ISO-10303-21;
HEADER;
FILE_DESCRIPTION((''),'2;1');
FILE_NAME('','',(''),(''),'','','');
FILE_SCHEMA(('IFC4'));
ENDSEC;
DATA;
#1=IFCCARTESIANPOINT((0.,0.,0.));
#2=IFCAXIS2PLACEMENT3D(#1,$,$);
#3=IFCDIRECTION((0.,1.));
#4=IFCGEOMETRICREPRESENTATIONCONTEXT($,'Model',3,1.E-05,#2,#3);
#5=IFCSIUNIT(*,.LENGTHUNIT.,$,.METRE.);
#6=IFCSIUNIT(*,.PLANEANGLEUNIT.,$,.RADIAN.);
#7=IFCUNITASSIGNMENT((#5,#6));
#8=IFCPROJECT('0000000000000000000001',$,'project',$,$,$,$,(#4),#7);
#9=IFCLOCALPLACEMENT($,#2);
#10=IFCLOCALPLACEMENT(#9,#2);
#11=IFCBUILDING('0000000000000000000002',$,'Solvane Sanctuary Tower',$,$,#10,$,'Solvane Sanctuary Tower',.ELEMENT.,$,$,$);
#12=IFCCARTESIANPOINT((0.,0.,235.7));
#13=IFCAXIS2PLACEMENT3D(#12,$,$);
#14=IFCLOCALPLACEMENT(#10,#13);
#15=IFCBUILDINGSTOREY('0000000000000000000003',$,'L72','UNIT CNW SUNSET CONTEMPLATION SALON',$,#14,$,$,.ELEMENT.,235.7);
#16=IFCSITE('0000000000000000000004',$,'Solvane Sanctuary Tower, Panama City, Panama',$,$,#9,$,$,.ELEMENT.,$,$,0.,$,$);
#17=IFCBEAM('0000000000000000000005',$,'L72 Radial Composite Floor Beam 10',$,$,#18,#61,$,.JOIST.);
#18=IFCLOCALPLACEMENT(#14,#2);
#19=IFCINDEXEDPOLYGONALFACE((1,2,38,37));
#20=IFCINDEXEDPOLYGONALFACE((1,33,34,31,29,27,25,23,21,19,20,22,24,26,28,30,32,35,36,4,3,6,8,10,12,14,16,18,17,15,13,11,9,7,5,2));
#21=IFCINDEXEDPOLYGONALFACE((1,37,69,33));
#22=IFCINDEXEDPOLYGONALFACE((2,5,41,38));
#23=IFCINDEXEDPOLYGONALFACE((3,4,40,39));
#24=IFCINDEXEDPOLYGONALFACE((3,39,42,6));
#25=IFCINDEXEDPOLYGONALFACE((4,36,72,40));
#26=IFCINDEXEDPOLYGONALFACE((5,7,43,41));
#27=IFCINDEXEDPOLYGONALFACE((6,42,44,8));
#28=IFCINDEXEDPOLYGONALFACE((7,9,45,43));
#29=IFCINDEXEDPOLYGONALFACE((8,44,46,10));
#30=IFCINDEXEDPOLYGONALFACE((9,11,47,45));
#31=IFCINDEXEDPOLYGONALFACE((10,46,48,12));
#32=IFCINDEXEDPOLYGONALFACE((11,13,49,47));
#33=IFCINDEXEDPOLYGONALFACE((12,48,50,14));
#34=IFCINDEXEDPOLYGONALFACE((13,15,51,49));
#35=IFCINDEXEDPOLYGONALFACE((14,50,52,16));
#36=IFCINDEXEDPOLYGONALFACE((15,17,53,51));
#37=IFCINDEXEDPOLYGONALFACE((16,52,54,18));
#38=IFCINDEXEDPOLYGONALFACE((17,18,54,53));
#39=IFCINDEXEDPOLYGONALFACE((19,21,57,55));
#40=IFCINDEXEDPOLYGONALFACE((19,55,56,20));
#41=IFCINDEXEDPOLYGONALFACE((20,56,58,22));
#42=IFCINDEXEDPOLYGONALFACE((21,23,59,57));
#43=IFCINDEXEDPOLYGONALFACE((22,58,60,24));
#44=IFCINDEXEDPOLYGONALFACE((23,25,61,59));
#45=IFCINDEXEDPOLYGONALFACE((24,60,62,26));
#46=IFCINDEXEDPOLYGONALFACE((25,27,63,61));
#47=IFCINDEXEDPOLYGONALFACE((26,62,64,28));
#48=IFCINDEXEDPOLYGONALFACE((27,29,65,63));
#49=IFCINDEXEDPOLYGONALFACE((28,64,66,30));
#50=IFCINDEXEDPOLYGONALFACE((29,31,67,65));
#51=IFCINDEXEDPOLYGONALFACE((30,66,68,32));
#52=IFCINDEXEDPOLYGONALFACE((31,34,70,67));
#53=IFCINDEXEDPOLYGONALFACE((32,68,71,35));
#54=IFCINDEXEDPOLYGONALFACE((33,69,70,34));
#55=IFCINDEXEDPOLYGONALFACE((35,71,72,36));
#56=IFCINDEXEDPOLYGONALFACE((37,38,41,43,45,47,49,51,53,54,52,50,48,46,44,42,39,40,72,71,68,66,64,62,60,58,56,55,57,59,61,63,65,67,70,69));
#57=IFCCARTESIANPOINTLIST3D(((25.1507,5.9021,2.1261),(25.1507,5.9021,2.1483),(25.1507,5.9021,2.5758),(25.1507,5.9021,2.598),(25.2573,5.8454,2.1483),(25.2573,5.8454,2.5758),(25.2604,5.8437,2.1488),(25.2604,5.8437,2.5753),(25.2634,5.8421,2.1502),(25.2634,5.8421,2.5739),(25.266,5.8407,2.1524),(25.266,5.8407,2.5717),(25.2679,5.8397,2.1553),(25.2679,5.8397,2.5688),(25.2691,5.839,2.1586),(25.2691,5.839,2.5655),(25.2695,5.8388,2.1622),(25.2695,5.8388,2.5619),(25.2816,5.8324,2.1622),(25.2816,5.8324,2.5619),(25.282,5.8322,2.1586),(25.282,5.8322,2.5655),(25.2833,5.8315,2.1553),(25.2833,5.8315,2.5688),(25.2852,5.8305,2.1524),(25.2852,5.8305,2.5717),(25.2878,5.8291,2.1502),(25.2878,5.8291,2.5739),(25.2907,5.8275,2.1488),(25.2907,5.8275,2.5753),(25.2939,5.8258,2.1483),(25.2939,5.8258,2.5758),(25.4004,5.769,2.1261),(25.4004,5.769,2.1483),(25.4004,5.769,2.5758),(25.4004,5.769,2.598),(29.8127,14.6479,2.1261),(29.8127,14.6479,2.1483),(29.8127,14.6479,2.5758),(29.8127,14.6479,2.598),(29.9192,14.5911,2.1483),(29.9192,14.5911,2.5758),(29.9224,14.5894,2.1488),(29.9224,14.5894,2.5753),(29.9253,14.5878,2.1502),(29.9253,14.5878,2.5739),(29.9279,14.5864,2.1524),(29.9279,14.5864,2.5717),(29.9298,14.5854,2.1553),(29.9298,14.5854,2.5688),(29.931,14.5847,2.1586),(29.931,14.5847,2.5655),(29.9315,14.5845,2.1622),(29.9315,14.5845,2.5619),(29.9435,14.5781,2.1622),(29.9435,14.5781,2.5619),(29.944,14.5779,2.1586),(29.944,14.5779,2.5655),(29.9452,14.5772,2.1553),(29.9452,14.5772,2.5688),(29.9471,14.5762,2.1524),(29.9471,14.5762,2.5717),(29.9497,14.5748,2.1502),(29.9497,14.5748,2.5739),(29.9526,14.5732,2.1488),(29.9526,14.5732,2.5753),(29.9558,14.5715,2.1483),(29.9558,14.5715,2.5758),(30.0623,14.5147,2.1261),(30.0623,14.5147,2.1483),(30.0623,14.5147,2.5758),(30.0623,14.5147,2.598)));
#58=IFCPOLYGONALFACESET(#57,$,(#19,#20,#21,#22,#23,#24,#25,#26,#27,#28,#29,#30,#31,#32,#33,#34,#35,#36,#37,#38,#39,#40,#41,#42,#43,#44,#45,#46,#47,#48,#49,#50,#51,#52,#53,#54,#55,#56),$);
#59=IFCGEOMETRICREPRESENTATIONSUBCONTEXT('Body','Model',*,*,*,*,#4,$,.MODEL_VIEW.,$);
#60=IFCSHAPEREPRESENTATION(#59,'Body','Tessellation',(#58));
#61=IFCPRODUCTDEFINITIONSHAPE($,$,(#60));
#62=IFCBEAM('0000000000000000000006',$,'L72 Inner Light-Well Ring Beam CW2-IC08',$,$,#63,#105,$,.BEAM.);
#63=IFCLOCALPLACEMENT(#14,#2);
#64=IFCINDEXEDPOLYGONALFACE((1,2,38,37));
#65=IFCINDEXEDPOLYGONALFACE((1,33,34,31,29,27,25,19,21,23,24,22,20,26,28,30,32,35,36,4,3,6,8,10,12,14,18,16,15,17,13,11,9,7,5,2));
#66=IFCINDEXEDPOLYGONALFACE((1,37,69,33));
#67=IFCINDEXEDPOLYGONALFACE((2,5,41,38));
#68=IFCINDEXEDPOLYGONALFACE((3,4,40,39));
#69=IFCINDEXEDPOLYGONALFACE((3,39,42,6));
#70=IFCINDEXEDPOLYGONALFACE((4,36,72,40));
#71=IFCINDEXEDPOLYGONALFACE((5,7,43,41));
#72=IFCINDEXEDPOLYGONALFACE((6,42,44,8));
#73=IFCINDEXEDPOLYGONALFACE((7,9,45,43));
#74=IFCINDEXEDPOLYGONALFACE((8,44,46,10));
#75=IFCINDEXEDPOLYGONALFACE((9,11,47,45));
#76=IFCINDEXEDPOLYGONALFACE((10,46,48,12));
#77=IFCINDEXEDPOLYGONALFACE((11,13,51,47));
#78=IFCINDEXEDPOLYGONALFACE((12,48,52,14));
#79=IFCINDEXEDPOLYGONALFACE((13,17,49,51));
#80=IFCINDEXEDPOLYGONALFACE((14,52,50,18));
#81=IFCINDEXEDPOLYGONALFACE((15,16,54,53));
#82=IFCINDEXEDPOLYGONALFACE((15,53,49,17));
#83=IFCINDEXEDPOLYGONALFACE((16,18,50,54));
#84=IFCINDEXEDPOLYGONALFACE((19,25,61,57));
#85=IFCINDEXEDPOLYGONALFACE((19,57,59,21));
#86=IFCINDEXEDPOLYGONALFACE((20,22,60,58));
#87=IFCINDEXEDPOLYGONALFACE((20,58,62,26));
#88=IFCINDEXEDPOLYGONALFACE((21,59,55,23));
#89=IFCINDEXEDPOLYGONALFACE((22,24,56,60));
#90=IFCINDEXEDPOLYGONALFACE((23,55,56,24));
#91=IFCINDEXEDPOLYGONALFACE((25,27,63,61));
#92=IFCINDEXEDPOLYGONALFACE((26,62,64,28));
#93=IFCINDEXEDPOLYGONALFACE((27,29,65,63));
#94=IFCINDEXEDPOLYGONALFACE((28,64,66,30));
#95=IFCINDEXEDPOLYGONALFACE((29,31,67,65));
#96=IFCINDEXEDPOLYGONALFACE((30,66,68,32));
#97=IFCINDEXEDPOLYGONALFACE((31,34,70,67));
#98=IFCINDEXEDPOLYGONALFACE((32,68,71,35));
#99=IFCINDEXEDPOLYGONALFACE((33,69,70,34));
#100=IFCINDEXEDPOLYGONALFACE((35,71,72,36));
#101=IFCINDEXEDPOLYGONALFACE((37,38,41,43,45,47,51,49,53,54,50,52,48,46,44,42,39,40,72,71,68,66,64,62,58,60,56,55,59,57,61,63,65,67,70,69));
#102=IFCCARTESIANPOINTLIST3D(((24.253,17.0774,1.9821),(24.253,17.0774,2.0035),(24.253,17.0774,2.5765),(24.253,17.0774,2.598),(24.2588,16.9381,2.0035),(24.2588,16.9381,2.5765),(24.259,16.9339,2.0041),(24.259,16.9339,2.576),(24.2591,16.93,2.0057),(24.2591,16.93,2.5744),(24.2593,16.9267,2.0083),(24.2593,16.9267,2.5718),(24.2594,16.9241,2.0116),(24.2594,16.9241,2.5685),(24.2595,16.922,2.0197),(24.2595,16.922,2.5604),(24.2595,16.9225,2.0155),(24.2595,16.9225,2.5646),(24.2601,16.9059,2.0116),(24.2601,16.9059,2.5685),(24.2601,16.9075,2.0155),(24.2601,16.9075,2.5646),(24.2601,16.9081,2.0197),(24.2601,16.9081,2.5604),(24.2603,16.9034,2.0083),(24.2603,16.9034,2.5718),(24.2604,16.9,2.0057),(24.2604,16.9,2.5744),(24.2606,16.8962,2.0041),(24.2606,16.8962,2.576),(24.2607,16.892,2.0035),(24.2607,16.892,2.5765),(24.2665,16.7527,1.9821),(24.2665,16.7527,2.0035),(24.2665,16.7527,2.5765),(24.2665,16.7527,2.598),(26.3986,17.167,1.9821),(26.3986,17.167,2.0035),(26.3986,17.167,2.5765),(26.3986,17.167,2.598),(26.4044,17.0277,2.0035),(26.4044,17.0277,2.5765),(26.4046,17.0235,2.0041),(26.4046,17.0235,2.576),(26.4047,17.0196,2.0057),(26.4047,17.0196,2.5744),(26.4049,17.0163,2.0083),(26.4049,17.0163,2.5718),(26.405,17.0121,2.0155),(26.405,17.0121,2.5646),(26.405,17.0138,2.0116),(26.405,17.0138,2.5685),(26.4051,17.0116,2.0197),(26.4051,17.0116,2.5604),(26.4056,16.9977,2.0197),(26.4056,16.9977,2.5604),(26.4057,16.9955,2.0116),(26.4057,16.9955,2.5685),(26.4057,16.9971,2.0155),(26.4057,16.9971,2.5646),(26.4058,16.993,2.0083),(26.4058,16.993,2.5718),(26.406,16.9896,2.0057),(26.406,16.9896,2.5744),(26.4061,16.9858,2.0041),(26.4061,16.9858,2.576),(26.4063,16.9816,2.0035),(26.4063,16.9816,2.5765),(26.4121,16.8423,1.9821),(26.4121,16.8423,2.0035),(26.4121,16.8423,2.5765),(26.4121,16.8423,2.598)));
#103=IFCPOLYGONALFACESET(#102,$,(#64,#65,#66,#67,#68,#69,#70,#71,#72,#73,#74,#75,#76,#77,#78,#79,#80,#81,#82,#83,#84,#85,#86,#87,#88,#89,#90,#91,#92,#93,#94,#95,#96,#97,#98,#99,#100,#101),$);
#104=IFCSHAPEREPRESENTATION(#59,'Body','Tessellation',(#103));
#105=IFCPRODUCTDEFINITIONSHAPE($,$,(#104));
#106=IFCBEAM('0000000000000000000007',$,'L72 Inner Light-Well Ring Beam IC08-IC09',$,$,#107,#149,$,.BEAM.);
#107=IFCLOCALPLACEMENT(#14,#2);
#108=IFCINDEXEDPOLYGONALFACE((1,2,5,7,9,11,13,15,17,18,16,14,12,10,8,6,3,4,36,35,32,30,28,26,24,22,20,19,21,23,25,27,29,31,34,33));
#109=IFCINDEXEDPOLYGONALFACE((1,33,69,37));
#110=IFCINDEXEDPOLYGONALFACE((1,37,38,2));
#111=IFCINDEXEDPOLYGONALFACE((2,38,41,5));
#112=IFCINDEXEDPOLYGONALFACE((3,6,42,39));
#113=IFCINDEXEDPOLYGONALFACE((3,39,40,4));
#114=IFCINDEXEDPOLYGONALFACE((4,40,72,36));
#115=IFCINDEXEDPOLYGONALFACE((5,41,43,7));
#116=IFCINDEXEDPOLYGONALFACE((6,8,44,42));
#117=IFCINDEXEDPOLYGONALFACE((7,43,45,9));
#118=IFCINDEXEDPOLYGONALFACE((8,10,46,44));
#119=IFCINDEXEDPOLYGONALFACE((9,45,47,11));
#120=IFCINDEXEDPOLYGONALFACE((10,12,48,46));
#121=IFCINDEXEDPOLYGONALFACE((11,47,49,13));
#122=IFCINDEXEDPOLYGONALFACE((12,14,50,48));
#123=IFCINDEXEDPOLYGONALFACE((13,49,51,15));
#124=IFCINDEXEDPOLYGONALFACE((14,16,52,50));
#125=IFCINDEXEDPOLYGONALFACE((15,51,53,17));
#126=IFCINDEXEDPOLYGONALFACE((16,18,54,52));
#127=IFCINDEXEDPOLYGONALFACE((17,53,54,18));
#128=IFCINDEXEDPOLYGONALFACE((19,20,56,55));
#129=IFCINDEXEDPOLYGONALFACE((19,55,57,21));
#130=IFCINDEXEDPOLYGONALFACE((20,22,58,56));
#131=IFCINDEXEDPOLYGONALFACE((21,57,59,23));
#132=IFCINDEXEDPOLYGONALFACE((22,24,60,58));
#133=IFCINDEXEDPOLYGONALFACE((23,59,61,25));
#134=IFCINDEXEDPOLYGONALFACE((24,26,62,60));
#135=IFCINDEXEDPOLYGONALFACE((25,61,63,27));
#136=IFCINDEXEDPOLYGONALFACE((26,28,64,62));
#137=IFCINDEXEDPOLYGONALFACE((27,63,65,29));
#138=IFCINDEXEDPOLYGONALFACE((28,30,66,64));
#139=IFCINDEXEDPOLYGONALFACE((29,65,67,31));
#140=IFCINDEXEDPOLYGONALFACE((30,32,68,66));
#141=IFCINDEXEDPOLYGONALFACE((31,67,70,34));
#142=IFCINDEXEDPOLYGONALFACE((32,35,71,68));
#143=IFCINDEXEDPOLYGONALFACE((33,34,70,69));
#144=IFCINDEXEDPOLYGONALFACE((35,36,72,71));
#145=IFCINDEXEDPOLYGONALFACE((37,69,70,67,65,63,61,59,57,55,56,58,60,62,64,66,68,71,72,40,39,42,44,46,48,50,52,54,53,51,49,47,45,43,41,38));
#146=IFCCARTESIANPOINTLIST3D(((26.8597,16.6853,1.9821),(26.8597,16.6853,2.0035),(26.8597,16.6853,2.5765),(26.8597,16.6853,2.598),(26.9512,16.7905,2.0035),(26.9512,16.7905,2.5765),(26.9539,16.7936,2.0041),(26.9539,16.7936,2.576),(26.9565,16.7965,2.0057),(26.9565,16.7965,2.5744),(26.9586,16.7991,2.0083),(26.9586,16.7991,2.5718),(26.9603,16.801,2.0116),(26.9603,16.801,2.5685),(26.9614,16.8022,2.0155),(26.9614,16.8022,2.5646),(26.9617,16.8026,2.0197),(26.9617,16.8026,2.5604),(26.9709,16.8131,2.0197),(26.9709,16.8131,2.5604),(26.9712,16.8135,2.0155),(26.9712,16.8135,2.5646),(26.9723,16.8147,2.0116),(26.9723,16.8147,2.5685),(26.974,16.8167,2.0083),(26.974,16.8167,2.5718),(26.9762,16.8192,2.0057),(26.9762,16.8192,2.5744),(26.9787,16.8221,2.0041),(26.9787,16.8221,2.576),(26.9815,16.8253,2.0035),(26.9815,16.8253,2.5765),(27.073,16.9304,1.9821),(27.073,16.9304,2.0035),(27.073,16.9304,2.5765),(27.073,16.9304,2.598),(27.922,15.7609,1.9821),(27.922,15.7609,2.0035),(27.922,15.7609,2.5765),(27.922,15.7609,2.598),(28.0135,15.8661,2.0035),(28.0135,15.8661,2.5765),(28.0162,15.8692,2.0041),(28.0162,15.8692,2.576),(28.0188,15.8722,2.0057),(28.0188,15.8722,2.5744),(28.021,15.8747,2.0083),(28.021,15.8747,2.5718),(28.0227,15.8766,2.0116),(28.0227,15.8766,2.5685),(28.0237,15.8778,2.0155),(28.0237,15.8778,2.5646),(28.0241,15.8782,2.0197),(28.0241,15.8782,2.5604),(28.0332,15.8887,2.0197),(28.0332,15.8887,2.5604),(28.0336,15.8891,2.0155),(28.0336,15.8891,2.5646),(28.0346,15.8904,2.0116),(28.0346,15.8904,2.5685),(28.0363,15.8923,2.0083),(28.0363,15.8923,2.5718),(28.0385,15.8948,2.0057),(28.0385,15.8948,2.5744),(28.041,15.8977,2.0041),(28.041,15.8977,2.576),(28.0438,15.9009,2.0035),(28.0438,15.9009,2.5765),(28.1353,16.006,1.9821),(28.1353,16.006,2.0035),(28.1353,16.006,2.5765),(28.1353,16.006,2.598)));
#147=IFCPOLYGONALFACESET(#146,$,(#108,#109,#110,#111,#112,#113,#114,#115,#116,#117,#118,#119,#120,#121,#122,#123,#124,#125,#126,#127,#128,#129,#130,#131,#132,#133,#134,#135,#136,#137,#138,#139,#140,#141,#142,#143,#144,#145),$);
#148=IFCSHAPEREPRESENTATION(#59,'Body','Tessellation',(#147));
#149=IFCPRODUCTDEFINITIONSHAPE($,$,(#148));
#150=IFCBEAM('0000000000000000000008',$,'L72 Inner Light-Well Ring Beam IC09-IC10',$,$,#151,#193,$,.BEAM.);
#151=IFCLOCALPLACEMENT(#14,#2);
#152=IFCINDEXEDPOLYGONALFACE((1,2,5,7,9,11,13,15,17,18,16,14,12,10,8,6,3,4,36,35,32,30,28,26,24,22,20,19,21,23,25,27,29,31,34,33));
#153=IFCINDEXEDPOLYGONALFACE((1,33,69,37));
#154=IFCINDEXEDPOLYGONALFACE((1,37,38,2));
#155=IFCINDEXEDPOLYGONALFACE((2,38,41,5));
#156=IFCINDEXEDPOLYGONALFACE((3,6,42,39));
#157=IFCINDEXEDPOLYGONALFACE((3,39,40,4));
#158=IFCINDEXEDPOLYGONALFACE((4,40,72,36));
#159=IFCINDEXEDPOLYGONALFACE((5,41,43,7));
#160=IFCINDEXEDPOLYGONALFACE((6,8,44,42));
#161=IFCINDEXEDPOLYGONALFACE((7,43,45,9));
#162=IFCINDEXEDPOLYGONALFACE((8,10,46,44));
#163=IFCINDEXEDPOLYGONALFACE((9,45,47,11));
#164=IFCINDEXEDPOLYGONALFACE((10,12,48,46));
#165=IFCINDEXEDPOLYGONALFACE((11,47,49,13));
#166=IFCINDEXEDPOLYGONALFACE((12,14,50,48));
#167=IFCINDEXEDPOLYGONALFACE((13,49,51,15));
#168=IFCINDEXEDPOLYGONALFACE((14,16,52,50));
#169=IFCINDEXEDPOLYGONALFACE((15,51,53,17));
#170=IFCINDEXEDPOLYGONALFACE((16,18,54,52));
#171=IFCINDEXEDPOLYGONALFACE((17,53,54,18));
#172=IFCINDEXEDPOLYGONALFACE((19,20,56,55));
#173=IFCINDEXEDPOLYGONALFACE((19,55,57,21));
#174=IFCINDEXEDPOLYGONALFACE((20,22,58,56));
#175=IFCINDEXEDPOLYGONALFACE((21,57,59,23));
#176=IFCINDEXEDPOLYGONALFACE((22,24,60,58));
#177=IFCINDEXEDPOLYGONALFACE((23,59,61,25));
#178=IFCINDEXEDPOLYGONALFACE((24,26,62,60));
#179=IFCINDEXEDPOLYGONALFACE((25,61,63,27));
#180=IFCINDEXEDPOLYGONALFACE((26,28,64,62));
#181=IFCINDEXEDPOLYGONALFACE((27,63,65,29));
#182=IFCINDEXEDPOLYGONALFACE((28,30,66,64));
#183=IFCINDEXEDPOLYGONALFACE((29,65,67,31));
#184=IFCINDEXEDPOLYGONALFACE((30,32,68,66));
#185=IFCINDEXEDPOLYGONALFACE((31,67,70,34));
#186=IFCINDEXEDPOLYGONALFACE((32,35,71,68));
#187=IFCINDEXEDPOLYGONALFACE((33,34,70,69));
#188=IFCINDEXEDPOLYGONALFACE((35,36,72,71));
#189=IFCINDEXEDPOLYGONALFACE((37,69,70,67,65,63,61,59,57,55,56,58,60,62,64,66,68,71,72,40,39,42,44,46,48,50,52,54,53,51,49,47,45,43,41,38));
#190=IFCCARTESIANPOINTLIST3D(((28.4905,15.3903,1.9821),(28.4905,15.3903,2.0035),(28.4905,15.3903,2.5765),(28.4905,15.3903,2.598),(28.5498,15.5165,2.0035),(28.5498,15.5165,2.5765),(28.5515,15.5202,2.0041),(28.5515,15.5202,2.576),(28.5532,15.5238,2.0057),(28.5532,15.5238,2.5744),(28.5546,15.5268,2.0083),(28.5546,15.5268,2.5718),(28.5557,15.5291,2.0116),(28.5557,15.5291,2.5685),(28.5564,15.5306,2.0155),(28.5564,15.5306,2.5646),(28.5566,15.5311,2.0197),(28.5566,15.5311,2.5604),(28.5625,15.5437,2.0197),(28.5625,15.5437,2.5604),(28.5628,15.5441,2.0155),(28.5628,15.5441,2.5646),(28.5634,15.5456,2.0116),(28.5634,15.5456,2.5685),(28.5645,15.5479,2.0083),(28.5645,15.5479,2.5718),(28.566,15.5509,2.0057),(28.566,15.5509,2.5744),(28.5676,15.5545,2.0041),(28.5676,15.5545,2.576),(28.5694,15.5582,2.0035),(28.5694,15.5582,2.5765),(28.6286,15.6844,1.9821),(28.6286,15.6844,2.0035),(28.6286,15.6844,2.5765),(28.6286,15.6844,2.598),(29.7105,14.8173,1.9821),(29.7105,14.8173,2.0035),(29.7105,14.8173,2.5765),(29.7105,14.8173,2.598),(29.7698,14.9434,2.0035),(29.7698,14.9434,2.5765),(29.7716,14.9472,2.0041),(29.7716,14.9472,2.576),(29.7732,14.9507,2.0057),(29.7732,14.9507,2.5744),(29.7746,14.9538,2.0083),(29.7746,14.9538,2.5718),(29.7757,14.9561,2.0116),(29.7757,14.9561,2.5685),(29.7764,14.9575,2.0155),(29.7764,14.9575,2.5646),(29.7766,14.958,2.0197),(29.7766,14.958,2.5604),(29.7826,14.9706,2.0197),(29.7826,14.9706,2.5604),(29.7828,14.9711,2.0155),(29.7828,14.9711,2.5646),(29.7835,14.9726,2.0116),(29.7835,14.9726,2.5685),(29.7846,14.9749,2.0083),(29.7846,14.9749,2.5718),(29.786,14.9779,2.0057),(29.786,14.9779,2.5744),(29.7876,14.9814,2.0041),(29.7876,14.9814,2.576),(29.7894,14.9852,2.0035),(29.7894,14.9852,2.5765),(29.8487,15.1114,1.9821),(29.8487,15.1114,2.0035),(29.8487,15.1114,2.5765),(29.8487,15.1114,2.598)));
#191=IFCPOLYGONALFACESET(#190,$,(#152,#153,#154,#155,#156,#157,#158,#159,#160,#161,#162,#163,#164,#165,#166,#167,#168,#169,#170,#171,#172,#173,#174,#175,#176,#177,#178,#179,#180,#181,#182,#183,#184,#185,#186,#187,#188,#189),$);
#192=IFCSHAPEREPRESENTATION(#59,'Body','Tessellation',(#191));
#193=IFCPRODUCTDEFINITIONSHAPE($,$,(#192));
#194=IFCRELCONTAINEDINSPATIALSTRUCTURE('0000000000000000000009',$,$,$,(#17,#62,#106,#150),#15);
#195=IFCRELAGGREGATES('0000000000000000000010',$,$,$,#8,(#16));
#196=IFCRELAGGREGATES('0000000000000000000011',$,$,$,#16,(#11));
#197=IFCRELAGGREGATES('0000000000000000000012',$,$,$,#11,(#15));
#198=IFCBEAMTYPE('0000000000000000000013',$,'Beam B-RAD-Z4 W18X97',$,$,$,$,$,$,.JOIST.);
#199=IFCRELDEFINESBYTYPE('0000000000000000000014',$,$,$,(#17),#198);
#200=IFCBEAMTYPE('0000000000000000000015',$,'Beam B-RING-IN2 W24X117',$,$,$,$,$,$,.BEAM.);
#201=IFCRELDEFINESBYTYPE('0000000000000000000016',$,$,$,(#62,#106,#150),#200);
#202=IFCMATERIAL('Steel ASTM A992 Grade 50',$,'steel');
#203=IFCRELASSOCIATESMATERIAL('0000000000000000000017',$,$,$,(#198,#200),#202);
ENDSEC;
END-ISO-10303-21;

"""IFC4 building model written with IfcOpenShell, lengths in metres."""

from ifc_helpers import new_model, si_unit, direction, frame, origin, origin_2d, place, context, subcontext, project, spatial, i_section, extrude, material, material_profile, profile_set, type_object, element, save


model = new_model("IFC4")

# Units and contexts
model_context = context("Model", 3, precision=1e-05, world=origin(), true_north=direction((0.0, 1.0)))
body_context = subcontext(model_context, "Body", "Model", "MODEL_VIEW")
ifc_project = project(units=[si_unit("LENGTHUNIT", "METRE"), si_unit("PLANEANGLEUNIT", "RADIAN")], contexts=[model_context])

# Site, building, storey
site_placement = place(None, origin())
site = spatial("IfcSite", under=ifc_project, at=site_placement, Name="Solvane Sanctuary Tower, Panama City, Panama", CompositionType="ELEMENT", RefElevation=0.0)
building_placement = place(site_placement, origin())
building = spatial("IfcBuilding", under=site, at=building_placement, Name="Solvane Sanctuary Tower", LongName="Solvane Sanctuary Tower", CompositionType="ELEMENT")
storey_placement = place(building_placement, frame((0.0, 0.0, 235.7)))
storey = spatial("IfcBuildingStorey", under=building, at=storey_placement, Name="L72", Description="UNIT CNW SUNSET CONTEMPLATION SALON", CompositionType="ELEMENT", Elevation=235.7)

# Beams
ifc_material_1 = material(Name="Steel ASTM A992 Grade 50", Category="steel")
ifc_material_profile_1 = material_profile(ifc_material_1, i_section(OverallWidth=0.283, OverallDepth=0.4719, WebThickness=0.0137, FlangeThickness=0.0222, FilletRadius=0.0139, at=origin_2d()), Name="W18X97")
ifc_profile_set_1 = profile_set([ifc_material_profile_1], Name="Steel ASTM A992 Grade 50")
beam_type_1 = type_object("IfcBeamType", Name="Beam B-RAD-Z4 W18X97", PredefinedType="JOIST", material=ifc_profile_set_1)
beam_1_placement = place(storey_placement, frame((29.9375, 14.5813, 2.3621), z_axis=(-0.470395, -0.882456, 0.0), x_axis=(0.882456, -0.470395, 0.0)))
element("IfcBeam", 1, at=beam_1_placement, inside=storey, type_object=beam_type_1, Name="L72 Radial Composite Floor Beam 10", PredefinedType="JOIST", context=body_context, shape_type="SweptSolid", body=[
    extrude(i_section(OverallWidth=0.283, OverallDepth=0.4719, WebThickness=0.0137, FlangeThickness=0.0222, FilletRadius=0.0139, at=origin_2d()), origin(), (0.0, 0.0, 1.0), 9.9106),
])
ifc_material_profile_2 = material_profile(ifc_material_1, i_section(OverallWidth=0.325, OverallDepth=0.616, WebThickness=0.0139, FlangeThickness=0.0215, FilletRadius=0.0161, at=origin_2d()), Name="W24X117")
ifc_profile_set_2 = profile_set([ifc_material_profile_2], Name="Steel ASTM A992 Grade 50")
beam_type_2 = type_object("IfcBeamType", Name="Beam B-RING-IN2 W24X117", PredefinedType="BEAM", material=ifc_profile_set_2)
beam_2_placement = place(storey_placement, frame((24.2598, 16.915, 2.29), z_axis=(0.999129, 0.041725, 0.0), x_axis=(-0.041725, 0.999129, 0.0)))
element("IfcBeam", 2, at=beam_2_placement, inside=storey, type_object=beam_type_2, Name="L72 Inner Light-Well Ring Beam CW2-IC08", PredefinedType="BEAM", context=body_context, shape_type="SweptSolid", body=[
    extrude(i_section(OverallWidth=0.325, OverallDepth=0.616, WebThickness=0.0139, FlangeThickness=0.0215, FilletRadius=0.0161, at=origin_2d()), origin(), (0.0, 0.0, 1.0), 2.1475),
])
beam_3_placement = place(storey_placement, frame((26.9663, 16.8079, 2.29), z_axis=(0.754389, -0.656428, 0.0), x_axis=(0.656428, 0.754389, 0.0)))
element("IfcBeam", 3, at=beam_3_placement, inside=storey, type_object=beam_type_2, Name="L72 Inner Light-Well Ring Beam IC08-IC09", PredefinedType="BEAM", context=body_context, shape_type="SweptSolid", body=[
    extrude(i_section(OverallWidth=0.325, OverallDepth=0.616, WebThickness=0.0139, FlangeThickness=0.0215, FilletRadius=0.0161, at=origin_2d()), origin(), (0.0, 0.0, 1.0), 1.4082),
])
beam_4_placement = place(storey_placement, frame((28.5596, 15.5374, 2.29), z_axis=(0.905135, -0.425125, 0.0), x_axis=(0.425125, 0.905135, 0.0)))
element("IfcBeam", 4, at=beam_4_placement, inside=storey, type_object=beam_type_2, Name="L72 Inner Light-Well Ring Beam IC09-IC10", PredefinedType="BEAM", context=body_context, shape_type="SweptSolid", body=[
    extrude(i_section(OverallWidth=0.325, OverallDepth=0.616, WebThickness=0.0139, FlangeThickness=0.0215, FilletRadius=0.0161, at=origin_2d()), origin(), (0.0, 0.0, 1.0), 1.3479),
])

save(model, "model.ifc")
